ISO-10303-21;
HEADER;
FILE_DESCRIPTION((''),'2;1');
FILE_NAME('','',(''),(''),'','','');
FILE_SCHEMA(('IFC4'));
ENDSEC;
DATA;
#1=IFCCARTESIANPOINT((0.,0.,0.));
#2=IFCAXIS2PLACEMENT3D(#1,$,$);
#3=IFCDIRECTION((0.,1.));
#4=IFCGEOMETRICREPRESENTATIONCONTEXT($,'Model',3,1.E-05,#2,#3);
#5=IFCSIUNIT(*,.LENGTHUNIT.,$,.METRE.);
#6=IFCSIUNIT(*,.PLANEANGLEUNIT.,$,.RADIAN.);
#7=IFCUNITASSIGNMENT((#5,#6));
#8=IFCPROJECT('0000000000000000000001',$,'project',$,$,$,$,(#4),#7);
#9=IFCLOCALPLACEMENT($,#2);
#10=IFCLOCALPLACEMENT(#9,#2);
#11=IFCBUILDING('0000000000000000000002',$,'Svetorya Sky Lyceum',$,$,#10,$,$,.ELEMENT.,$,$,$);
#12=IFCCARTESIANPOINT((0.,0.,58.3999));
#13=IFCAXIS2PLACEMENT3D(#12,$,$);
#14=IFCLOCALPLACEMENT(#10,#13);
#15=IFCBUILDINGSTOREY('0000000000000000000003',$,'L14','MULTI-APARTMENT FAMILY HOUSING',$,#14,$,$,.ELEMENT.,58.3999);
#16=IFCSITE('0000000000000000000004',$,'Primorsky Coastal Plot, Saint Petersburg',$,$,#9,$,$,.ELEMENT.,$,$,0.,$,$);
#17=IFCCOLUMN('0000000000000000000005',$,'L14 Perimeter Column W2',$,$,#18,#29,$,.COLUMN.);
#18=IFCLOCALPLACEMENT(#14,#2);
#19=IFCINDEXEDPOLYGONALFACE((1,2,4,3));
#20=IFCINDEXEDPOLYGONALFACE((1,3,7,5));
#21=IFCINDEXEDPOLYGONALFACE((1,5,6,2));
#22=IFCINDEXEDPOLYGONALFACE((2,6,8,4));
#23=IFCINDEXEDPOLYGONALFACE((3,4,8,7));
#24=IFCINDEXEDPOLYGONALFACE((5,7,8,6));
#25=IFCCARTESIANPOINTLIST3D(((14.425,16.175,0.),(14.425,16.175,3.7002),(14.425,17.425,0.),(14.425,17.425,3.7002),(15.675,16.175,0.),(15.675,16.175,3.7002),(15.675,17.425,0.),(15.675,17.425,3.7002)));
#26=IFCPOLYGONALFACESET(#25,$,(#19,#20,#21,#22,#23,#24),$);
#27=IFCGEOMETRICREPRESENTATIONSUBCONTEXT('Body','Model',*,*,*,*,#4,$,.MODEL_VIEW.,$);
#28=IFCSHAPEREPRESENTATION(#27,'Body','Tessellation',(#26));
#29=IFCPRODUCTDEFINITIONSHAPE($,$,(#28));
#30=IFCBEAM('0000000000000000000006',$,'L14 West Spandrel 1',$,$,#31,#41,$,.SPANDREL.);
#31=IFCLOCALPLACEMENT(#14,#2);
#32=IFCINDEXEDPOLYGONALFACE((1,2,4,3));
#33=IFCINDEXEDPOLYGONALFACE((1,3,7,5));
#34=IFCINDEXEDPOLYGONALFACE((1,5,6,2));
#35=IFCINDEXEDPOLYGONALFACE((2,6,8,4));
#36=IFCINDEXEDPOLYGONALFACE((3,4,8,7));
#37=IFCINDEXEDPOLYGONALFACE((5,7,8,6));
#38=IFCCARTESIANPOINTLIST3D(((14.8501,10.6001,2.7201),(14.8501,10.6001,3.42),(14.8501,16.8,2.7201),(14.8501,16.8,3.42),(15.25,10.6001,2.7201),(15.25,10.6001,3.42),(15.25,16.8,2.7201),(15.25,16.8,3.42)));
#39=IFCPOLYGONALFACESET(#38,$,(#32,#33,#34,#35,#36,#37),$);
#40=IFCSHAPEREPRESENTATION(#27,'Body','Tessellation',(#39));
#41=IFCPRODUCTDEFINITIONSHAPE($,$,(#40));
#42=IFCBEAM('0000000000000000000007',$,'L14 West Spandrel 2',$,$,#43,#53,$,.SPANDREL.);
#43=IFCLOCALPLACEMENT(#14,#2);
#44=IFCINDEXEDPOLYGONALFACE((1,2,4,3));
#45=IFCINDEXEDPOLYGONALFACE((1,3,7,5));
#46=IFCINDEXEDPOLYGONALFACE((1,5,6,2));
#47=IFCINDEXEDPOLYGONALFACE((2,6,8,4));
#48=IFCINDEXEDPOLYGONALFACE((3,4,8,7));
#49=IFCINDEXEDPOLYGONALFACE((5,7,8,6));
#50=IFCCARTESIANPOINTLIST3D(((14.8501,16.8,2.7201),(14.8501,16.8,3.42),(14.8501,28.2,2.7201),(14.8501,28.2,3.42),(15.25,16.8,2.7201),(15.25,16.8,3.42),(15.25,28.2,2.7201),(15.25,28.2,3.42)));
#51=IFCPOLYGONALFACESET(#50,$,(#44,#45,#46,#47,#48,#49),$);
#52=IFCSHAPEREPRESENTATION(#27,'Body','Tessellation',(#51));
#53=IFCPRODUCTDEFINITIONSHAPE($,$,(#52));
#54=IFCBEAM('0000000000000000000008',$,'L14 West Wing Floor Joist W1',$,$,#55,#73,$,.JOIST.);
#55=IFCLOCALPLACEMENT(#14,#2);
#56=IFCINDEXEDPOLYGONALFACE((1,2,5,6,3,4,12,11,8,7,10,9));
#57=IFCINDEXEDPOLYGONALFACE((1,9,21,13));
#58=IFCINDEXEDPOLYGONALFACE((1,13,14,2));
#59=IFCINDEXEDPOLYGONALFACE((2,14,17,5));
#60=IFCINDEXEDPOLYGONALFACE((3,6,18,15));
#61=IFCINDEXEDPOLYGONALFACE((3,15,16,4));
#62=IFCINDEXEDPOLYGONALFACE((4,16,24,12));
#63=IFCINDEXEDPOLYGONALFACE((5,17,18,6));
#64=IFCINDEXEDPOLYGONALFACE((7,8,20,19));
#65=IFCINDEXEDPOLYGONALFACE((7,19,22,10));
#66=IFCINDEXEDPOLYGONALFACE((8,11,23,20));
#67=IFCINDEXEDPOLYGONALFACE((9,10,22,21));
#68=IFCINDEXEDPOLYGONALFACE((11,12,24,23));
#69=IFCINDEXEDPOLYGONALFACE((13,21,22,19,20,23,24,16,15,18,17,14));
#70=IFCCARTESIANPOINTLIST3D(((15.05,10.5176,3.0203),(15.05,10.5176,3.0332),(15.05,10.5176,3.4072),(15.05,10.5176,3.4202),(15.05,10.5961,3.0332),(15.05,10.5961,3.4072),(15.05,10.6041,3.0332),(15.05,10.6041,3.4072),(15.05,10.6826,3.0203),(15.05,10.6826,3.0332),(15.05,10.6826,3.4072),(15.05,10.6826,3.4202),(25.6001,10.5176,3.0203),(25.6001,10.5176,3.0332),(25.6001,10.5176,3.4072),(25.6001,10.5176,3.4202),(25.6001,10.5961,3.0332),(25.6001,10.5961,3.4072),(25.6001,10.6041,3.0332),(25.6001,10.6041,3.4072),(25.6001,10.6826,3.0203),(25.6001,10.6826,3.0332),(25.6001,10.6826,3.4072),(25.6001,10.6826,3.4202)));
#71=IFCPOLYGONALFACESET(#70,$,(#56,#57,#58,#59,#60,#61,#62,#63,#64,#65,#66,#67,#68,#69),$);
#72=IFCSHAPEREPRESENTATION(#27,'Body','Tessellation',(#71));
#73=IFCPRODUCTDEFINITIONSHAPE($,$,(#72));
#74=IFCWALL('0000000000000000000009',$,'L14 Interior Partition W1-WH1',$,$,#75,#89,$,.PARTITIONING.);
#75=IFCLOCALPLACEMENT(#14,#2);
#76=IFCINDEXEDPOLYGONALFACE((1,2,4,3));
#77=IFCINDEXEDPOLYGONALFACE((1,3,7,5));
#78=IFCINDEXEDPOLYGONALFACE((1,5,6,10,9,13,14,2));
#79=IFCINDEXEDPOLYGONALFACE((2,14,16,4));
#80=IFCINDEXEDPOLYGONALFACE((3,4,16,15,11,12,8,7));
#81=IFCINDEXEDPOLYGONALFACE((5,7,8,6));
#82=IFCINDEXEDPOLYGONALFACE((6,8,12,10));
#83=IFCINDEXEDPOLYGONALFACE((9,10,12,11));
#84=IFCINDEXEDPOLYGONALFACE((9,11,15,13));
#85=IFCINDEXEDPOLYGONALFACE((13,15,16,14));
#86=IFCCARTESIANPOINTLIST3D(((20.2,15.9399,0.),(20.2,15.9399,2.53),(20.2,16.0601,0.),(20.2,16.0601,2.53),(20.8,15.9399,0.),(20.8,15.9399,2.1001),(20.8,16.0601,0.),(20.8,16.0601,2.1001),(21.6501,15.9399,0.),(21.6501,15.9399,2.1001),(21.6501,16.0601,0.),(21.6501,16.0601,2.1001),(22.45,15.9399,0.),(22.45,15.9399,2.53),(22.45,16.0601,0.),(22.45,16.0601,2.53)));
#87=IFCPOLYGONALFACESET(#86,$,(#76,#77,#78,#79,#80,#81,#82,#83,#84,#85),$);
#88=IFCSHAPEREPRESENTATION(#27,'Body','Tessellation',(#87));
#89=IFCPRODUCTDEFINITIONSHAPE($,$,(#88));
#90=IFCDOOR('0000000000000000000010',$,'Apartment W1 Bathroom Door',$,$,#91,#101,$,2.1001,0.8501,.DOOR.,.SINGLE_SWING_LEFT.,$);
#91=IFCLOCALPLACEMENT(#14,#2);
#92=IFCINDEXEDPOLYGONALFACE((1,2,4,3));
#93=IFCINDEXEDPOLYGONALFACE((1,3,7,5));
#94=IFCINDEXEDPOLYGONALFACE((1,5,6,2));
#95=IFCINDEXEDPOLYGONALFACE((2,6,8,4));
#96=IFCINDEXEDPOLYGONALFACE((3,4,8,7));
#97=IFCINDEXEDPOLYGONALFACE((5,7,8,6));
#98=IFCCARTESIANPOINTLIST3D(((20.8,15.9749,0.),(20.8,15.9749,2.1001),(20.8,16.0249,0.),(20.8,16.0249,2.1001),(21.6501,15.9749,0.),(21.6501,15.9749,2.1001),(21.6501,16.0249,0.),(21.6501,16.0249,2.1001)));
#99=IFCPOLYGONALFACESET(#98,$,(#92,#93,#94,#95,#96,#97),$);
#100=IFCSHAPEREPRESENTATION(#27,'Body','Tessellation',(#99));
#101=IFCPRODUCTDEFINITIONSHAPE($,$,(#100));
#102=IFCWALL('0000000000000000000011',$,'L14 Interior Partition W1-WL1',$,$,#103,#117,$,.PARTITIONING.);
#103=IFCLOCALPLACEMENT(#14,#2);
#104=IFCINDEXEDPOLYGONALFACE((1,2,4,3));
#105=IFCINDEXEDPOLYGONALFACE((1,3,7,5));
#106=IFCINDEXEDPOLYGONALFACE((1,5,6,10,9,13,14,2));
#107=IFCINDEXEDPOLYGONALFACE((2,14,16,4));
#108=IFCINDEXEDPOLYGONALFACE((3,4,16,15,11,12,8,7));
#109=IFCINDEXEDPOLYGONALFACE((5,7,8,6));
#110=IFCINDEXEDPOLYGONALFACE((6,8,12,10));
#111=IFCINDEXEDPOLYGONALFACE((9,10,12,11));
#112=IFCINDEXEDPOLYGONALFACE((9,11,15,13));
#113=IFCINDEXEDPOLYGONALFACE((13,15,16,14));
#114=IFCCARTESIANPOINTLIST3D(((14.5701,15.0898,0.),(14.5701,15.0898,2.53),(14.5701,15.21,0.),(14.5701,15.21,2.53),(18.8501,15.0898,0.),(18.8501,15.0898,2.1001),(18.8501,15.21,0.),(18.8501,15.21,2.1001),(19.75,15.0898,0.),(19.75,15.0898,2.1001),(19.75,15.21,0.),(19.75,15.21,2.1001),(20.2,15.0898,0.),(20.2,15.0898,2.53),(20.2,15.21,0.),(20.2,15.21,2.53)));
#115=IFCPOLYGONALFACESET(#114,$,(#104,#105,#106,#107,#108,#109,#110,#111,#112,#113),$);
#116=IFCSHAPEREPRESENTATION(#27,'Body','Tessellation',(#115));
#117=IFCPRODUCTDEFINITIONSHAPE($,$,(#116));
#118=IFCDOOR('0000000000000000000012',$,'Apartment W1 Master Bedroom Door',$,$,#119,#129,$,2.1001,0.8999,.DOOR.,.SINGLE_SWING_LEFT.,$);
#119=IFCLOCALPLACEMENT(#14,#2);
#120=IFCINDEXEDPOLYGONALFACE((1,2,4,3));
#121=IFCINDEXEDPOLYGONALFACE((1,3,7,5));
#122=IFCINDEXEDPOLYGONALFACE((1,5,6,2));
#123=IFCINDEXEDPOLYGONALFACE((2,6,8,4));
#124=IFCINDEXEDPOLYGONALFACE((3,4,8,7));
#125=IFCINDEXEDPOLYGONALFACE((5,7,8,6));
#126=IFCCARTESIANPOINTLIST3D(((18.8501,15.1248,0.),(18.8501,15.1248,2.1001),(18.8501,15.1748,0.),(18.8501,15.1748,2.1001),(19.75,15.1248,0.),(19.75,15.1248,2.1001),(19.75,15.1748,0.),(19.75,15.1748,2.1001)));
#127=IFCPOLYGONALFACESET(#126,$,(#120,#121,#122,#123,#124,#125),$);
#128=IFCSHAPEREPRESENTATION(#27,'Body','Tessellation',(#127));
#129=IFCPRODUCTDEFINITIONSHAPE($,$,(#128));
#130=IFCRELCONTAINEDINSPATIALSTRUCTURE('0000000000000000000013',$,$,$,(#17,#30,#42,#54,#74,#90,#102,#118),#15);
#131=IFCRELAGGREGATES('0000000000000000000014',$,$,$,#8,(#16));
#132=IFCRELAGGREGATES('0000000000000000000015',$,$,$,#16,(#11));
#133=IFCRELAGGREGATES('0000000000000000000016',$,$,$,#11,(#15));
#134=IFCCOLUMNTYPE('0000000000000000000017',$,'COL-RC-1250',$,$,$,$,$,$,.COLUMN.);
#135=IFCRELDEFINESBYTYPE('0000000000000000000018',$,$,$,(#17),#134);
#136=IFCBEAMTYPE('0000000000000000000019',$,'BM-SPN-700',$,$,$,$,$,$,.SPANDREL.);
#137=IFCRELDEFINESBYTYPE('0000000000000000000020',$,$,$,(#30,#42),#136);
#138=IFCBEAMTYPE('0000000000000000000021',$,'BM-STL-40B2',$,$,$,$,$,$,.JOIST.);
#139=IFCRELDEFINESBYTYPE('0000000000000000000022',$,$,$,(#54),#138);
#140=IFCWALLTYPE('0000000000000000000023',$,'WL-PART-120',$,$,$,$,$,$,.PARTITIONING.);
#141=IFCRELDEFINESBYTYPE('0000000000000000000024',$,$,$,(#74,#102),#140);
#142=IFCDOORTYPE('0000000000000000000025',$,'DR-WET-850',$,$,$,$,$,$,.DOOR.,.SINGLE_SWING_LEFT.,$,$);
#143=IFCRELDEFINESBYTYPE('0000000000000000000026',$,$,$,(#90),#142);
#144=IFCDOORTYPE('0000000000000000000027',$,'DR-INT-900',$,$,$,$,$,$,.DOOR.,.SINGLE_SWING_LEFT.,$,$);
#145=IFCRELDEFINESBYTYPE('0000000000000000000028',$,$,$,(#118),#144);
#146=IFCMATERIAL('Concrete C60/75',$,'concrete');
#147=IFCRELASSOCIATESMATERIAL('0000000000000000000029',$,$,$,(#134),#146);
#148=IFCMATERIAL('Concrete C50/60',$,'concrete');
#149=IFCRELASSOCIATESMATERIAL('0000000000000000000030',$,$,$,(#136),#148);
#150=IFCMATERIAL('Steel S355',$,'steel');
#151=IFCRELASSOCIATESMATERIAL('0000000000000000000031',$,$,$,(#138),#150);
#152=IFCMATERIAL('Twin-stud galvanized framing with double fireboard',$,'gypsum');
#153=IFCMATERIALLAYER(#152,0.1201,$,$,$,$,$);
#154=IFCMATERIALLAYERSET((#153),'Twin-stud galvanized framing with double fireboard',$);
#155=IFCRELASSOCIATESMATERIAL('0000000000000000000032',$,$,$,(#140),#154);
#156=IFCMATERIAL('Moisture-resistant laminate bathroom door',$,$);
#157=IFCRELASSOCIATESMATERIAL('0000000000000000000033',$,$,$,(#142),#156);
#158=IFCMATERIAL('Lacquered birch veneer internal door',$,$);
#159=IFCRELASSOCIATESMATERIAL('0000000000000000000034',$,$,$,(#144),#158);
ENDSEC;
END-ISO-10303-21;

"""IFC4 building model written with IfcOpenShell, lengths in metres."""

from ifc_helpers import new_model, si_unit, direction, frame, frame_2d, origin, origin_2d, place, context, subcontext, project, spatial, rectangle, i_section, extrude, material, layer, layer_set, material_profile, profile_set, type_object, element, fill, save


model = new_model("IFC4")

# Units and contexts
model_context = context("Model", 3, precision=1e-05, world=origin(), true_north=direction((0.0, 1.0)))
body_context = subcontext(model_context, "Body", "Model", "MODEL_VIEW")
ifc_project = project(units=[si_unit("LENGTHUNIT", "METRE"), si_unit("PLANEANGLEUNIT", "RADIAN")], contexts=[model_context])

# Site, building, storey
site_placement = place(None, origin())
site = spatial("IfcSite", under=ifc_project, at=site_placement, Name="Primorsky Coastal Plot, Saint Petersburg", CompositionType="ELEMENT", RefElevation=0.0)
building_placement = place(site_placement, origin())
building = spatial("IfcBuilding", under=site, at=building_placement, Name="Svetorya Sky Lyceum", CompositionType="ELEMENT")
storey_placement = place(building_placement, frame((0.0, 0.0, 58.3999)))
storey = spatial("IfcBuildingStorey", under=building, at=storey_placement, Name="L14", Description="MULTI-APARTMENT FAMILY HOUSING", CompositionType="ELEMENT", Elevation=58.3999)

# Column
ifc_material_1 = material(Name="Concrete C60/75", Category="concrete")
ifc_material_profile_1 = material_profile(ifc_material_1, rectangle(XDim=1.25, YDim=1.25, at=origin_2d()), Name="RC COL 1250x1250")
ifc_profile_set_1 = profile_set([ifc_material_profile_1], Name="Concrete C60/75")
column_type = type_object("IfcColumnType", Name="COL-RC-1250", PredefinedType="COLUMN", material=ifc_profile_set_1)
column_placement = place(storey_placement, frame((15.05, 16.8, 0.0), z_axis=(0.0, 0.0, 1.0), x_axis=(1.0, 0.0, 0.0)))
element("IfcColumn", 1, at=column_placement, inside=storey, type_object=column_type, Name="L14 Perimeter Column W2", PredefinedType="COLUMN", context=body_context, shape_type="SweptSolid", body=[
    extrude(rectangle(XDim=1.25, YDim=1.25, at=origin_2d()), origin(), (0.0, 0.0, 1.0), 3.7002),
])

# Beams
ifc_material_2 = material(Name="Concrete C50/60", Category="concrete")
ifc_material_profile_2 = material_profile(ifc_material_2, rectangle(XDim=0.3999, YDim=0.7, at=origin_2d()), Name="RC SPANDREL 400x700")
ifc_profile_set_2 = profile_set([ifc_material_profile_2], Name="Concrete C50/60")
beam_type_1 = type_object("IfcBeamType", Name="BM-SPN-700", PredefinedType="SPANDREL", material=ifc_profile_set_2)
beam_1_placement = place(storey_placement, frame((15.05, 10.6001, 3.0701), z_axis=(0.0, 1.0, 0.0), x_axis=(-1.0, 0.0, 0.0)))
element("IfcBeam", 2, at=beam_1_placement, inside=storey, type_object=beam_type_1, Name="L14 West Spandrel 1", PredefinedType="SPANDREL", context=body_context, shape_type="SweptSolid", body=[
    extrude(rectangle(XDim=0.3999, YDim=0.7, at=origin_2d()), origin(), (0.0, 0.0, 1.0), 6.2),
])
beam_2_placement = place(storey_placement, frame((15.05, 16.8, 3.0701), z_axis=(0.0, 1.0, 0.0), x_axis=(-1.0, 0.0, 0.0)))
element("IfcBeam", 3, at=beam_2_placement, inside=storey, type_object=beam_type_1, Name="L14 West Spandrel 2", PredefinedType="SPANDREL", context=body_context, shape_type="SweptSolid", body=[
    extrude(rectangle(XDim=0.3999, YDim=0.7, at=origin_2d()), origin(), (0.0, 0.0, 1.0), 11.3999),
])
ifc_material_3 = material(Name="Steel S355", Category="steel")
ifc_material_profile_3 = material_profile(ifc_material_3, i_section(OverallWidth=0.165, OverallDepth=0.3999, WebThickness=0.0081, FlangeThickness=0.0129, at=origin_2d()), Name="GOST 40B2")
ifc_profile_set_3 = profile_set([ifc_material_profile_3], Name="Steel S355")
beam_type_2 = type_object("IfcBeamType", Name="BM-STL-40B2", PredefinedType="JOIST", material=ifc_profile_set_3)
beam_3_placement = place(storey_placement, frame((15.05, 10.6001, 3.2202), z_axis=(1.0, 0.0, 0.0), x_axis=(0.0, 1.0, 0.0)))
element("IfcBeam", 4, at=beam_3_placement, inside=storey, type_object=beam_type_2, Name="L14 West Wing Floor Joist W1", PredefinedType="JOIST", context=body_context, shape_type="SweptSolid", body=[
    extrude(i_section(OverallWidth=0.165, OverallDepth=0.3999, WebThickness=0.0081, FlangeThickness=0.0129, at=origin_2d()), origin(), (0.0, 0.0, 1.0), 10.55),
])

# Walls, openings, doors
ifc_material_4 = material(Name="Twin-stud galvanized framing with double fireboard", Category="gypsum")
ifc_layer_1 = layer(ifc_material_4, 0.1201)
ifc_layer_set_1 = layer_set([ifc_layer_1], Name="Twin-stud galvanized framing with double fireboard")
wall_type_1 = type_object("IfcWallType", Name="WL-PART-120", PredefinedType="PARTITIONING", material=ifc_layer_set_1)
wall_1_placement = place(storey_placement, frame((20.2, 16.0, 0.0), z_axis=(0.0, 0.0, 1.0), x_axis=(1.0, 0.0, 0.0)))
wall_1 = element("IfcWall", 5, at=wall_1_placement, inside=storey, type_object=wall_type_1, Name="L14 Interior Partition W1-WH1", PredefinedType="PARTITIONING", context=body_context, shape_type="SweptSolid", body=[
    extrude(rectangle(XDim=2.25, YDim=0.1201, at=frame_2d((1.125, 0.0))), origin(), (0.0, 0.0, 1.0), 2.53),
])
opening_1_placement = place(wall_1_placement, frame((0.6001, 0.0, 0.0)))
opening_1 = element("IfcOpeningElement", 6, at=opening_1_placement, cuts=wall_1, PredefinedType="OPENING", context=body_context, shape_type="SweptSolid", body=[
    extrude(rectangle(XDim=0.8501, YDim=2.1001, at=frame_2d((0.425, 1.05))), frame((0.0, 0.0701, 0.0), z_axis=(0.0, -1.0, 0.0), x_axis=(1.0, 0.0, 0.0)), (0.0, 0.0, 1.0), 0.1401),
])
ifc_material_5 = material(Name="Moisture-resistant laminate bathroom door")
door_type_1 = type_object("IfcDoorType", Name="DR-WET-850", OperationType="SINGLE_SWING_LEFT", PredefinedType="DOOR", material=ifc_material_5)
door_1_placement = place(opening_1_placement, origin())
door_1 = element("IfcDoor", 7, at=door_1_placement, inside=storey, type_object=door_type_1, Name="Apartment W1 Bathroom Door", OperationType="SINGLE_SWING_LEFT", OverallHeight=2.1001, OverallWidth=0.8501, PredefinedType="DOOR", context=body_context, shape_type="SweptSolid", body=[
    extrude(rectangle(XDim=0.8501, YDim=2.1001, at=frame_2d((0.425, 1.05))), frame((0.0, 0.0249, 0.0), z_axis=(0.0, -1.0, 0.0), x_axis=(1.0, 0.0, 0.0)), (0.0, 0.0, 1.0), 0.05),
])
fill(opening_1, door_1)
wall_2_placement = place(storey_placement, frame((14.5701, 15.1499, 0.0), z_axis=(0.0, 0.0, 1.0), x_axis=(1.0, 0.0, 0.0)))
wall_2 = element("IfcWall", 8, at=wall_2_placement, inside=storey, type_object=wall_type_1, Name="L14 Interior Partition W1-WL1", PredefinedType="PARTITIONING", context=body_context, shape_type="SweptSolid", body=[
    extrude(rectangle(XDim=5.6299, YDim=0.1201, at=frame_2d((2.8149, 0.0))), origin(), (0.0, 0.0, 1.0), 2.53),
])
opening_2_placement = place(wall_2_placement, frame((4.28, 0.0, 0.0)))
opening_2 = element("IfcOpeningElement", 9, at=opening_2_placement, cuts=wall_2, PredefinedType="OPENING", context=body_context, shape_type="SweptSolid", body=[
    extrude(rectangle(XDim=0.8999, YDim=2.1001, at=frame_2d((0.45, 1.05))), frame((0.0, 0.0701, 0.0), z_axis=(0.0, -1.0, 0.0), x_axis=(1.0, 0.0, 0.0)), (0.0, 0.0, 1.0), 0.1401),
])
ifc_material_6 = material(Name="Lacquered birch veneer internal door")
door_type_2 = type_object("IfcDoorType", Name="DR-INT-900", OperationType="SINGLE_SWING_LEFT", PredefinedType="DOOR", material=ifc_material_6)
door_2_placement = place(opening_2_placement, origin())
door_2 = element("IfcDoor", 10, at=door_2_placement, inside=storey, type_object=door_type_2, Name="Apartment W1 Master Bedroom Door", OperationType="SINGLE_SWING_LEFT", OverallHeight=2.1001, OverallWidth=0.8999, PredefinedType="DOOR", context=body_context, shape_type="SweptSolid", body=[
    extrude(rectangle(XDim=0.8999, YDim=2.1001, at=frame_2d((0.45, 1.05))), frame((0.0, 0.0249, 0.0), z_axis=(0.0, -1.0, 0.0), x_axis=(1.0, 0.0, 0.0)), (0.0, 0.0, 1.0), 0.05),
])
fill(opening_2, door_2)

save(model, "model.ifc")
